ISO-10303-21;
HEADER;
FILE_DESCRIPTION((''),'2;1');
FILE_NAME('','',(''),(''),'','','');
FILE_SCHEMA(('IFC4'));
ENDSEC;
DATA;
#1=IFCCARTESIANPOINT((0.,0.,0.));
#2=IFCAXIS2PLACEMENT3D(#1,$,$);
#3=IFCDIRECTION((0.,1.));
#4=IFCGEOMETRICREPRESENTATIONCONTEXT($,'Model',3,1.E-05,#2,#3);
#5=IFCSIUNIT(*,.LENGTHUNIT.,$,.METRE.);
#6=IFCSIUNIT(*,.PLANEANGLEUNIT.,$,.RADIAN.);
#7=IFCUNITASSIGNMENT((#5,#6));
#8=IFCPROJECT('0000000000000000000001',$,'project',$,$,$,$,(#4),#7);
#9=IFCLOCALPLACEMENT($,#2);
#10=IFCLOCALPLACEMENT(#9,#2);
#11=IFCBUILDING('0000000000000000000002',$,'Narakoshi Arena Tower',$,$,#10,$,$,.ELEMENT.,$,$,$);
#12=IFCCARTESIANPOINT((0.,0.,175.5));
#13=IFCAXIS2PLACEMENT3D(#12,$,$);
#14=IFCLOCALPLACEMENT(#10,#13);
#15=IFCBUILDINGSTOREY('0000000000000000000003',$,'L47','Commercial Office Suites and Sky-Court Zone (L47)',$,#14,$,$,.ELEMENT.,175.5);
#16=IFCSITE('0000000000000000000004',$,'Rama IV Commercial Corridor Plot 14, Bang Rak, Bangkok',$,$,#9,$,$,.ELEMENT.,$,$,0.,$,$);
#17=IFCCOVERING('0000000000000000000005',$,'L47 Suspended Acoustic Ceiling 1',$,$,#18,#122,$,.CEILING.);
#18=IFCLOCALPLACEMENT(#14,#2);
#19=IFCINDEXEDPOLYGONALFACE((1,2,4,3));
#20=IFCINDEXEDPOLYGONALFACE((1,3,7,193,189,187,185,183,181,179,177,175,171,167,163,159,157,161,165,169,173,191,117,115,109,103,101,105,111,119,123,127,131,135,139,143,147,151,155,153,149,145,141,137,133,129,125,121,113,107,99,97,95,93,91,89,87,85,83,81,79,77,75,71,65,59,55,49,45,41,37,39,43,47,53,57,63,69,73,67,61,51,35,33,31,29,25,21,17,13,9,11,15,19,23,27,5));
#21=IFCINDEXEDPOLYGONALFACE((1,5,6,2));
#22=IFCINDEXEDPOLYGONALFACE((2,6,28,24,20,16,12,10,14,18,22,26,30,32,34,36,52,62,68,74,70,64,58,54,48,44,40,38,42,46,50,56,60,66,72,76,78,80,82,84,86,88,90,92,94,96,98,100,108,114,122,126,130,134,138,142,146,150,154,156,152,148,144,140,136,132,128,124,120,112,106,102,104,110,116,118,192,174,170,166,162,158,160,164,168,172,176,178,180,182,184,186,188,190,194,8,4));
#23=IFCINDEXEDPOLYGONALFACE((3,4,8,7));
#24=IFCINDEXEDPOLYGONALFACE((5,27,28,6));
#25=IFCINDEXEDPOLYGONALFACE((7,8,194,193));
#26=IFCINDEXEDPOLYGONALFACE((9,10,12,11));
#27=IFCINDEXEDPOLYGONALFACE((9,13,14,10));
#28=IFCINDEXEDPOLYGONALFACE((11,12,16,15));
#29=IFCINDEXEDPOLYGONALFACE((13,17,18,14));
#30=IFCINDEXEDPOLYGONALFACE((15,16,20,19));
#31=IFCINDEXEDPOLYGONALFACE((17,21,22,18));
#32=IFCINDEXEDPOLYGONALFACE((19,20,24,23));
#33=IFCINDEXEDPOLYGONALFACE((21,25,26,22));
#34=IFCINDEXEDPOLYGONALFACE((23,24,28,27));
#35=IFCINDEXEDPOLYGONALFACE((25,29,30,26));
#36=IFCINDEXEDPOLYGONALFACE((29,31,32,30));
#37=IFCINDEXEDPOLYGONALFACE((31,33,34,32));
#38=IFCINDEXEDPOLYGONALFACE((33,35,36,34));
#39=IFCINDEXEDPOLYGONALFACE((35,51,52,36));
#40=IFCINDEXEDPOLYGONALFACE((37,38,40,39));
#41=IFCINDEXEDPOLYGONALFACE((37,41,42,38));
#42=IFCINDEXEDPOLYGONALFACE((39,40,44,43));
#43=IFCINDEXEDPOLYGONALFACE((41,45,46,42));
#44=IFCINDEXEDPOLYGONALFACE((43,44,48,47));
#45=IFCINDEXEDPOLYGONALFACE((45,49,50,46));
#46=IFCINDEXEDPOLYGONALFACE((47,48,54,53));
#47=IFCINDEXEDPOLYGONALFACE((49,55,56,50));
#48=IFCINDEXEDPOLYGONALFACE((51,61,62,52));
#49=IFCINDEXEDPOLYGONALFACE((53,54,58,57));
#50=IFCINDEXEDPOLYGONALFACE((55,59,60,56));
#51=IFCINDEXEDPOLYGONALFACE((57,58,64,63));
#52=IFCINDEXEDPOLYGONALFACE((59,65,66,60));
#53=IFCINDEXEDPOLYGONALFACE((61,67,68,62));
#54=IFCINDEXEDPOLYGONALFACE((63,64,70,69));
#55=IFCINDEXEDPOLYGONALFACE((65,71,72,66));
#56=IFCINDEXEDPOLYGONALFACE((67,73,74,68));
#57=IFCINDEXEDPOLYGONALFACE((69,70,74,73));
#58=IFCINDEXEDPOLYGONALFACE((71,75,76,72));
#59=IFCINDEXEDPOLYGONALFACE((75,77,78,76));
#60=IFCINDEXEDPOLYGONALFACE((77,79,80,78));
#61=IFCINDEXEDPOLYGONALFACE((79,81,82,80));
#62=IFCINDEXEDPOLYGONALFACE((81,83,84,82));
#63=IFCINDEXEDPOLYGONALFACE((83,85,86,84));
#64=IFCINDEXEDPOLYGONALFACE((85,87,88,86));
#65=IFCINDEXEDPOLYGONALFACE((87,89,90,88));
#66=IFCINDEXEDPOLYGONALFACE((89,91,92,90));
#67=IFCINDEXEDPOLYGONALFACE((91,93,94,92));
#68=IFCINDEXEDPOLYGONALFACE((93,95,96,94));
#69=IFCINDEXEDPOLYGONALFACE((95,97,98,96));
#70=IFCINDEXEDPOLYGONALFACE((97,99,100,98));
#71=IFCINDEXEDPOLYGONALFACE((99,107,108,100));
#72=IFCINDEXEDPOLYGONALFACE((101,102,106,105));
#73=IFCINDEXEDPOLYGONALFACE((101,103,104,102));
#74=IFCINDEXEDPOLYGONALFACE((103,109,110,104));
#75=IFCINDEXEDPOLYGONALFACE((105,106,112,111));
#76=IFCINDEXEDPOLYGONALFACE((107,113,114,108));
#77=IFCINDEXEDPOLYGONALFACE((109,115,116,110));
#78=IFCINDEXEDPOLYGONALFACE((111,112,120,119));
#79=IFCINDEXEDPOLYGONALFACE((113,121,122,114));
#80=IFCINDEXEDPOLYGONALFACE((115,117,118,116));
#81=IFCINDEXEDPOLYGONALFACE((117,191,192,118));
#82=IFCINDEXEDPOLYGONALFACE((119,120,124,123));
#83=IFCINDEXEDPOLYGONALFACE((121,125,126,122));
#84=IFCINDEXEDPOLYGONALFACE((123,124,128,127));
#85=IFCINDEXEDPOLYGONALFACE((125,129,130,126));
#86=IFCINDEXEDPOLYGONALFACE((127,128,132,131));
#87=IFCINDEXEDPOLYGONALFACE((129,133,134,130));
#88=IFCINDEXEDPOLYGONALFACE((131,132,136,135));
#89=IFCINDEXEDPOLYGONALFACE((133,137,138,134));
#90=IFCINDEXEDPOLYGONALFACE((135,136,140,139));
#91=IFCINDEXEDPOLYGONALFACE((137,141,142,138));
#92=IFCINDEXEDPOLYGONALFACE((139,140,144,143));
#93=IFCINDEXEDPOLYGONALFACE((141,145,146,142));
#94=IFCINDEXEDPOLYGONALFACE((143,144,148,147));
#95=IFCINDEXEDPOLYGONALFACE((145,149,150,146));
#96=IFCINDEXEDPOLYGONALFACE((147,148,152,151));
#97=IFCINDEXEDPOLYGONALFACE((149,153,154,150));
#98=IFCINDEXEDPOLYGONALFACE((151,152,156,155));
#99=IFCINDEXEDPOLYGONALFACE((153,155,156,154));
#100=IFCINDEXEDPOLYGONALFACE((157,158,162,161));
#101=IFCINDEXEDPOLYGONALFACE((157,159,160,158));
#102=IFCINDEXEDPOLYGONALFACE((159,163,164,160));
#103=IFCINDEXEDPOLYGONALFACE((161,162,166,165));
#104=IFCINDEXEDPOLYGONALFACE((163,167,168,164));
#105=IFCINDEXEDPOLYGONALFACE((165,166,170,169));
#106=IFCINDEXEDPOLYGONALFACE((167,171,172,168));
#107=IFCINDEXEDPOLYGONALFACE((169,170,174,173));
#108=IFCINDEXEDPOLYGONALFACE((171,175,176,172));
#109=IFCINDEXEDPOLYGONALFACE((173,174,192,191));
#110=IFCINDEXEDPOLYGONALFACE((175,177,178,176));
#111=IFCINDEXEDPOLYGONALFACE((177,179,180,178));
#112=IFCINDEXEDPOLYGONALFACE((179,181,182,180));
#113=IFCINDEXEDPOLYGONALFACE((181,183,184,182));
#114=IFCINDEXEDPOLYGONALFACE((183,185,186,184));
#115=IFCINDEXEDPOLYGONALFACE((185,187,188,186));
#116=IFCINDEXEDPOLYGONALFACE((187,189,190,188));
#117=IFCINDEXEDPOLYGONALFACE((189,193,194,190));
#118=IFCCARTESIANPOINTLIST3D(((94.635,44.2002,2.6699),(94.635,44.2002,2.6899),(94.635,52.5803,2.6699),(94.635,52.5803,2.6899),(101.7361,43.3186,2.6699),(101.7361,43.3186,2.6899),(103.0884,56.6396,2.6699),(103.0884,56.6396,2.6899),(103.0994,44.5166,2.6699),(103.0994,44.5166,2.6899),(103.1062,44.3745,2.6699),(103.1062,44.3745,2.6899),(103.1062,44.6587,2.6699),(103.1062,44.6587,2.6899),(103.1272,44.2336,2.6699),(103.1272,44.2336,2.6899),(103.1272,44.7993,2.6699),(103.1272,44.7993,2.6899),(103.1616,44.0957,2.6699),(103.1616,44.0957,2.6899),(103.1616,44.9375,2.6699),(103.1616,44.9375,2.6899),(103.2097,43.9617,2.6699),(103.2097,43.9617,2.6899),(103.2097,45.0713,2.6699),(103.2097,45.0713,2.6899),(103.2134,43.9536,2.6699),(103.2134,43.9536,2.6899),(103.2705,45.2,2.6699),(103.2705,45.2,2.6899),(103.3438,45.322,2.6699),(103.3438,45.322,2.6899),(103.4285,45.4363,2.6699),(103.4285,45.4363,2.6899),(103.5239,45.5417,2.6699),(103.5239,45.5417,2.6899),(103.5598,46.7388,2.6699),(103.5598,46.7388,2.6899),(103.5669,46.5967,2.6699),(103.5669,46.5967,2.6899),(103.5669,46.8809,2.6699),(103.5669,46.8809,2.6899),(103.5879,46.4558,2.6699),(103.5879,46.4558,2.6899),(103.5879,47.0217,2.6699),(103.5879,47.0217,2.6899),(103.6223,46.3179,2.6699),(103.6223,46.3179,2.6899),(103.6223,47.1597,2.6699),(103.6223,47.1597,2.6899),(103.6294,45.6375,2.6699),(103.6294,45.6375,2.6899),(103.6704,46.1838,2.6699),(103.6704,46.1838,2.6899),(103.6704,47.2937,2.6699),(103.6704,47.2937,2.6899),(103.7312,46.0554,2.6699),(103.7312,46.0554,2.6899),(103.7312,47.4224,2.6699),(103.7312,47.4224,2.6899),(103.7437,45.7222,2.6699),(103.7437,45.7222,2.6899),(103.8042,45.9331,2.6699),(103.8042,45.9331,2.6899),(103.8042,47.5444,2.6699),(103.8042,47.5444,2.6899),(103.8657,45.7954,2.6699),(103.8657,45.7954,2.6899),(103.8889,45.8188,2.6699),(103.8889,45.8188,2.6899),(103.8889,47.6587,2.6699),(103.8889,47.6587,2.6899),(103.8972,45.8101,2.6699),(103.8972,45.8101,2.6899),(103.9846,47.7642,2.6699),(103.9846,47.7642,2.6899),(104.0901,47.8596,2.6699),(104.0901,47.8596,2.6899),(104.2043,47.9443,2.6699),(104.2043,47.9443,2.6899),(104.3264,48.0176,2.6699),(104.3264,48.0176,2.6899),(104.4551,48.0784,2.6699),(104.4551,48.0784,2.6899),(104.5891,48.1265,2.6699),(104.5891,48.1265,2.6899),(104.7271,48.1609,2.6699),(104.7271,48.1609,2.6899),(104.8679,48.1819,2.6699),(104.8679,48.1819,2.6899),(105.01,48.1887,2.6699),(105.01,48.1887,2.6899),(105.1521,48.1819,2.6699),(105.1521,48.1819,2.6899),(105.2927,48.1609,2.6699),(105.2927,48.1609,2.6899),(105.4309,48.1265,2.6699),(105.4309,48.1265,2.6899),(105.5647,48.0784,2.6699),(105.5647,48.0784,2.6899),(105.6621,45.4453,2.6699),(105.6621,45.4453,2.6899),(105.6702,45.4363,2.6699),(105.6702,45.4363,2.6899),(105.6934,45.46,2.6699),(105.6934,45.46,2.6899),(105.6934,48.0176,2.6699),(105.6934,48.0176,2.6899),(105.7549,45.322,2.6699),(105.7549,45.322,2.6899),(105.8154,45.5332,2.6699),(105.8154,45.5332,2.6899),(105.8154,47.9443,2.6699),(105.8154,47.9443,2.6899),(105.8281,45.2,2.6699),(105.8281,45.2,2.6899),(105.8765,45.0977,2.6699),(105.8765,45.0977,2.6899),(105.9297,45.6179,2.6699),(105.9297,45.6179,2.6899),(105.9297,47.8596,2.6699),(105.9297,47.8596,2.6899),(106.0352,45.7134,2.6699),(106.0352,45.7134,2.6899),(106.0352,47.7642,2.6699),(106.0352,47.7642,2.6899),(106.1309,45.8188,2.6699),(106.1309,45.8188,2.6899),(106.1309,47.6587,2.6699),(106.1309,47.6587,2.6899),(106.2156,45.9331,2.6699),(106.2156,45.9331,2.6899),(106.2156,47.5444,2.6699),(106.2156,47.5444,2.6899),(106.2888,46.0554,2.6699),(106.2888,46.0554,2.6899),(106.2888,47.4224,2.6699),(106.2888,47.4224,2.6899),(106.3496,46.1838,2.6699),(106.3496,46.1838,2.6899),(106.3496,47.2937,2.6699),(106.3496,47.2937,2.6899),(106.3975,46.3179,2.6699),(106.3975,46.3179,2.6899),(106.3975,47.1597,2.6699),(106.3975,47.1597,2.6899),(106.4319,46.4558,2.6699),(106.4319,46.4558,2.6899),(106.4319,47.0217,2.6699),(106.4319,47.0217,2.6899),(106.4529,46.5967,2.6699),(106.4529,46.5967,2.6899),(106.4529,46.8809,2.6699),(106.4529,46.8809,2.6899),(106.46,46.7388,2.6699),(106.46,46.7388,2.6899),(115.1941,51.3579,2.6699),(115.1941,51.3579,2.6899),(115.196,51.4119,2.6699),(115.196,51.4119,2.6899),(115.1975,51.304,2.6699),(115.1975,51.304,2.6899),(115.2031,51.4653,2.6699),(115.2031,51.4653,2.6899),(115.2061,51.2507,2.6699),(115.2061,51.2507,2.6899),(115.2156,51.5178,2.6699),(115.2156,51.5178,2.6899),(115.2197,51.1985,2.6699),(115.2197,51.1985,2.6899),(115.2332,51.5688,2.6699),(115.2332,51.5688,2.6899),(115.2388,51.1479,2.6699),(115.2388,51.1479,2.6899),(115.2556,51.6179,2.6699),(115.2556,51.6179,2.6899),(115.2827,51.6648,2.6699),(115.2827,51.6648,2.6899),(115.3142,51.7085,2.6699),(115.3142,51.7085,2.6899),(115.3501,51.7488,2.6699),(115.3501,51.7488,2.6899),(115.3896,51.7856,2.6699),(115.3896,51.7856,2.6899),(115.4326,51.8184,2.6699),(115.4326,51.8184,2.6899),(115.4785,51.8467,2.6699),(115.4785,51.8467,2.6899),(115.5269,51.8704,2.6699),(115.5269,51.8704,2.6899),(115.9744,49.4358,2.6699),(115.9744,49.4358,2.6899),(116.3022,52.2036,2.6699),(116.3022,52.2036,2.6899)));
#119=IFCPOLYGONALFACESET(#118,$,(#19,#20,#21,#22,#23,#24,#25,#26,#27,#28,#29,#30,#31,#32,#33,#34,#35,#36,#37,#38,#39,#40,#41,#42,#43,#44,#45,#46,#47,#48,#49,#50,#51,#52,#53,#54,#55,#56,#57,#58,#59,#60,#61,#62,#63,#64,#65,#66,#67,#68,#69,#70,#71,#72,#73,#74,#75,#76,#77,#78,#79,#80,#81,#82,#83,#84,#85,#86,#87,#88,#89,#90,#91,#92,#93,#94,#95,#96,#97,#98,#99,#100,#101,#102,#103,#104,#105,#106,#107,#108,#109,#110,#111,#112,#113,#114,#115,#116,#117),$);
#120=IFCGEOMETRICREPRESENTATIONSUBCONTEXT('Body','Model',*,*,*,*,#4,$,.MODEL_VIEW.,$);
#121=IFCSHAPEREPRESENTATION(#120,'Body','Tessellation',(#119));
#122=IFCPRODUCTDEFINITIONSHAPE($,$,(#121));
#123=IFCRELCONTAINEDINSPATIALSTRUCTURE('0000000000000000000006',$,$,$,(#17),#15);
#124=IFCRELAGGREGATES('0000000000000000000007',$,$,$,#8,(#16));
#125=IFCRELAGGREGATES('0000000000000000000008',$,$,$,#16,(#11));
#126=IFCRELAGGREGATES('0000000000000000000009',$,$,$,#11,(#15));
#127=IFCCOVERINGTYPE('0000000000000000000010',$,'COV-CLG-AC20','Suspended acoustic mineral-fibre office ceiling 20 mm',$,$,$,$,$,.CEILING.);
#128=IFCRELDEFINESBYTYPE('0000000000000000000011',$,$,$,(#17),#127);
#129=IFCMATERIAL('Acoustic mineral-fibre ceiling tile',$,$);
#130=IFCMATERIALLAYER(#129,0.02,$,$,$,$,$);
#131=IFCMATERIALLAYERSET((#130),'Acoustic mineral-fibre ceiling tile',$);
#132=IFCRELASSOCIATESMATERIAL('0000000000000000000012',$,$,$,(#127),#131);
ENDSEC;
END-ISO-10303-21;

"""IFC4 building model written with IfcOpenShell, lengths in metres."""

from ifc_helpers import new_model, si_unit, direction, frame, origin, place, context, subcontext, project, spatial, polyline, outline, extrude, material, layer, layer_set, type_object, element, save


model = new_model("IFC4")

# Units and contexts
model_context = context("Model", 3, precision=1e-05, world=origin(), true_north=direction((0.0, 1.0)))
body_context = subcontext(model_context, "Body", "Model", "MODEL_VIEW")
ifc_project = project(units=[si_unit("LENGTHUNIT", "METRE"), si_unit("PLANEANGLEUNIT", "RADIAN")], contexts=[model_context])

# Site, building, storey
site_placement = place(None, origin())
site = spatial("IfcSite", under=ifc_project, at=site_placement, Name="Rama IV Commercial Corridor Plot 14, Bang Rak, Bangkok", CompositionType="ELEMENT", RefElevation=0.0)
building_placement = place(site_placement, origin())
building = spatial("IfcBuilding", under=site, at=building_placement, Name="Narakoshi Arena Tower", CompositionType="ELEMENT")
storey_placement = place(building_placement, frame((0.0, 0.0, 175.5)))
storey = spatial("IfcBuildingStorey", under=building, at=storey_placement, Name="L47", Description="Commercial Office Suites and Sky-Court Zone (L47)", CompositionType="ELEMENT", Elevation=175.5)

# Covering
ifc_material_1 = material(Name="Acoustic mineral-fibre ceiling tile")
ifc_layer_1 = layer(ifc_material_1, 0.02)
ifc_layer_set_1 = layer_set([ifc_layer_1], Name="Acoustic mineral-fibre ceiling tile")
covering_type_1 = type_object("IfcCoveringType", Name="COV-CLG-AC20", Description="Suspended acoustic mineral-fibre office ceiling 20 mm", PredefinedType="CEILING", material=ifc_layer_set_1)
covering_1_placement = place(storey_placement, frame((0.0, 0.0, 2.6699)))
element("IfcCovering", 1, at=covering_1_placement, inside=storey, type_object=covering_type_1, Name="L47 Suspended Acoustic Ceiling 1", PredefinedType="CEILING", context=body_context, shape_type="SweptSolid", body=[
    extrude(outline(polyline([(115.5269, 51.8704), (115.4785, 51.8467), (115.4326, 51.8184), (115.3896, 51.7856), (115.3501, 51.7488), (115.3142, 51.7085), (115.2827, 51.6648), (115.2556, 51.6179), (115.2332, 51.5688), (115.2156, 51.5178), (115.2031, 51.4653), (115.196, 51.4119), (115.1941, 51.3579), (115.1975, 51.304), (115.2061, 51.2507), (115.2197, 51.1985), (115.2388, 51.1479), (115.9744, 49.4358), (105.8765, 45.0977), (105.8281, 45.2), (105.7549, 45.322), (105.6702, 45.4363), (105.6621, 45.4453), (105.6934, 45.46), (105.8154, 45.5332), (105.9297, 45.6179), (106.0352, 45.7134), (106.1309, 45.8188), (106.2156, 45.9331), (106.2888, 46.0554), (106.3496, 46.1838), (106.3975, 46.3179), (106.4319, 46.4558), (106.4529, 46.5967), (106.46, 46.7388), (106.4529, 46.8809), (106.4319, 47.0217), (106.3975, 47.1597), (106.3496, 47.2937), (106.2888, 47.4224), (106.2156, 47.5444), (106.1309, 47.6587), (106.0352, 47.7642), (105.9297, 47.8596), (105.8154, 47.9443), (105.6934, 48.0176), (105.5647, 48.0784), (105.4309, 48.1265), (105.2927, 48.1609), (105.1521, 48.1819), (105.01, 48.1887), (104.8679, 48.1819), (104.7271, 48.1609), (104.5891, 48.1265), (104.4551, 48.0784), (104.3264, 48.0176), (104.2043, 47.9443), (104.0901, 47.8596), (103.9846, 47.7642), (103.8889, 47.6587), (103.8042, 47.5444), (103.7312, 47.4224), (103.6704, 47.2937), (103.6223, 47.1597), (103.5879, 47.0217), (103.5669, 46.8809), (103.5598, 46.7388), (103.5669, 46.5967), (103.5879, 46.4558), (103.6223, 46.3179), (103.6704, 46.1838), (103.7312, 46.0554), (103.8042, 45.9331), (103.8889, 45.8188), (103.8972, 45.8101), (103.8657, 45.7954), (103.7437, 45.7222), (103.6294, 45.6375), (103.5239, 45.5417), (103.4285, 45.4363), (103.3438, 45.322), (103.2705, 45.2), (103.2097, 45.0713), (103.1616, 44.9375), (103.1272, 44.7993), (103.1062, 44.6587), (103.0994, 44.5166), (103.1062, 44.3745), (103.1272, 44.2336), (103.1616, 44.0957), (103.2097, 43.9617), (103.2134, 43.9536), (101.7361, 43.3186), (94.635, 44.2002), (94.635, 52.5803), (103.0884, 56.6396), (116.3022, 52.2036), (115.5269, 51.8704)])), origin(), (0.0, 0.0, 1.0), 0.02),
])

save(model, "model.ifc")
